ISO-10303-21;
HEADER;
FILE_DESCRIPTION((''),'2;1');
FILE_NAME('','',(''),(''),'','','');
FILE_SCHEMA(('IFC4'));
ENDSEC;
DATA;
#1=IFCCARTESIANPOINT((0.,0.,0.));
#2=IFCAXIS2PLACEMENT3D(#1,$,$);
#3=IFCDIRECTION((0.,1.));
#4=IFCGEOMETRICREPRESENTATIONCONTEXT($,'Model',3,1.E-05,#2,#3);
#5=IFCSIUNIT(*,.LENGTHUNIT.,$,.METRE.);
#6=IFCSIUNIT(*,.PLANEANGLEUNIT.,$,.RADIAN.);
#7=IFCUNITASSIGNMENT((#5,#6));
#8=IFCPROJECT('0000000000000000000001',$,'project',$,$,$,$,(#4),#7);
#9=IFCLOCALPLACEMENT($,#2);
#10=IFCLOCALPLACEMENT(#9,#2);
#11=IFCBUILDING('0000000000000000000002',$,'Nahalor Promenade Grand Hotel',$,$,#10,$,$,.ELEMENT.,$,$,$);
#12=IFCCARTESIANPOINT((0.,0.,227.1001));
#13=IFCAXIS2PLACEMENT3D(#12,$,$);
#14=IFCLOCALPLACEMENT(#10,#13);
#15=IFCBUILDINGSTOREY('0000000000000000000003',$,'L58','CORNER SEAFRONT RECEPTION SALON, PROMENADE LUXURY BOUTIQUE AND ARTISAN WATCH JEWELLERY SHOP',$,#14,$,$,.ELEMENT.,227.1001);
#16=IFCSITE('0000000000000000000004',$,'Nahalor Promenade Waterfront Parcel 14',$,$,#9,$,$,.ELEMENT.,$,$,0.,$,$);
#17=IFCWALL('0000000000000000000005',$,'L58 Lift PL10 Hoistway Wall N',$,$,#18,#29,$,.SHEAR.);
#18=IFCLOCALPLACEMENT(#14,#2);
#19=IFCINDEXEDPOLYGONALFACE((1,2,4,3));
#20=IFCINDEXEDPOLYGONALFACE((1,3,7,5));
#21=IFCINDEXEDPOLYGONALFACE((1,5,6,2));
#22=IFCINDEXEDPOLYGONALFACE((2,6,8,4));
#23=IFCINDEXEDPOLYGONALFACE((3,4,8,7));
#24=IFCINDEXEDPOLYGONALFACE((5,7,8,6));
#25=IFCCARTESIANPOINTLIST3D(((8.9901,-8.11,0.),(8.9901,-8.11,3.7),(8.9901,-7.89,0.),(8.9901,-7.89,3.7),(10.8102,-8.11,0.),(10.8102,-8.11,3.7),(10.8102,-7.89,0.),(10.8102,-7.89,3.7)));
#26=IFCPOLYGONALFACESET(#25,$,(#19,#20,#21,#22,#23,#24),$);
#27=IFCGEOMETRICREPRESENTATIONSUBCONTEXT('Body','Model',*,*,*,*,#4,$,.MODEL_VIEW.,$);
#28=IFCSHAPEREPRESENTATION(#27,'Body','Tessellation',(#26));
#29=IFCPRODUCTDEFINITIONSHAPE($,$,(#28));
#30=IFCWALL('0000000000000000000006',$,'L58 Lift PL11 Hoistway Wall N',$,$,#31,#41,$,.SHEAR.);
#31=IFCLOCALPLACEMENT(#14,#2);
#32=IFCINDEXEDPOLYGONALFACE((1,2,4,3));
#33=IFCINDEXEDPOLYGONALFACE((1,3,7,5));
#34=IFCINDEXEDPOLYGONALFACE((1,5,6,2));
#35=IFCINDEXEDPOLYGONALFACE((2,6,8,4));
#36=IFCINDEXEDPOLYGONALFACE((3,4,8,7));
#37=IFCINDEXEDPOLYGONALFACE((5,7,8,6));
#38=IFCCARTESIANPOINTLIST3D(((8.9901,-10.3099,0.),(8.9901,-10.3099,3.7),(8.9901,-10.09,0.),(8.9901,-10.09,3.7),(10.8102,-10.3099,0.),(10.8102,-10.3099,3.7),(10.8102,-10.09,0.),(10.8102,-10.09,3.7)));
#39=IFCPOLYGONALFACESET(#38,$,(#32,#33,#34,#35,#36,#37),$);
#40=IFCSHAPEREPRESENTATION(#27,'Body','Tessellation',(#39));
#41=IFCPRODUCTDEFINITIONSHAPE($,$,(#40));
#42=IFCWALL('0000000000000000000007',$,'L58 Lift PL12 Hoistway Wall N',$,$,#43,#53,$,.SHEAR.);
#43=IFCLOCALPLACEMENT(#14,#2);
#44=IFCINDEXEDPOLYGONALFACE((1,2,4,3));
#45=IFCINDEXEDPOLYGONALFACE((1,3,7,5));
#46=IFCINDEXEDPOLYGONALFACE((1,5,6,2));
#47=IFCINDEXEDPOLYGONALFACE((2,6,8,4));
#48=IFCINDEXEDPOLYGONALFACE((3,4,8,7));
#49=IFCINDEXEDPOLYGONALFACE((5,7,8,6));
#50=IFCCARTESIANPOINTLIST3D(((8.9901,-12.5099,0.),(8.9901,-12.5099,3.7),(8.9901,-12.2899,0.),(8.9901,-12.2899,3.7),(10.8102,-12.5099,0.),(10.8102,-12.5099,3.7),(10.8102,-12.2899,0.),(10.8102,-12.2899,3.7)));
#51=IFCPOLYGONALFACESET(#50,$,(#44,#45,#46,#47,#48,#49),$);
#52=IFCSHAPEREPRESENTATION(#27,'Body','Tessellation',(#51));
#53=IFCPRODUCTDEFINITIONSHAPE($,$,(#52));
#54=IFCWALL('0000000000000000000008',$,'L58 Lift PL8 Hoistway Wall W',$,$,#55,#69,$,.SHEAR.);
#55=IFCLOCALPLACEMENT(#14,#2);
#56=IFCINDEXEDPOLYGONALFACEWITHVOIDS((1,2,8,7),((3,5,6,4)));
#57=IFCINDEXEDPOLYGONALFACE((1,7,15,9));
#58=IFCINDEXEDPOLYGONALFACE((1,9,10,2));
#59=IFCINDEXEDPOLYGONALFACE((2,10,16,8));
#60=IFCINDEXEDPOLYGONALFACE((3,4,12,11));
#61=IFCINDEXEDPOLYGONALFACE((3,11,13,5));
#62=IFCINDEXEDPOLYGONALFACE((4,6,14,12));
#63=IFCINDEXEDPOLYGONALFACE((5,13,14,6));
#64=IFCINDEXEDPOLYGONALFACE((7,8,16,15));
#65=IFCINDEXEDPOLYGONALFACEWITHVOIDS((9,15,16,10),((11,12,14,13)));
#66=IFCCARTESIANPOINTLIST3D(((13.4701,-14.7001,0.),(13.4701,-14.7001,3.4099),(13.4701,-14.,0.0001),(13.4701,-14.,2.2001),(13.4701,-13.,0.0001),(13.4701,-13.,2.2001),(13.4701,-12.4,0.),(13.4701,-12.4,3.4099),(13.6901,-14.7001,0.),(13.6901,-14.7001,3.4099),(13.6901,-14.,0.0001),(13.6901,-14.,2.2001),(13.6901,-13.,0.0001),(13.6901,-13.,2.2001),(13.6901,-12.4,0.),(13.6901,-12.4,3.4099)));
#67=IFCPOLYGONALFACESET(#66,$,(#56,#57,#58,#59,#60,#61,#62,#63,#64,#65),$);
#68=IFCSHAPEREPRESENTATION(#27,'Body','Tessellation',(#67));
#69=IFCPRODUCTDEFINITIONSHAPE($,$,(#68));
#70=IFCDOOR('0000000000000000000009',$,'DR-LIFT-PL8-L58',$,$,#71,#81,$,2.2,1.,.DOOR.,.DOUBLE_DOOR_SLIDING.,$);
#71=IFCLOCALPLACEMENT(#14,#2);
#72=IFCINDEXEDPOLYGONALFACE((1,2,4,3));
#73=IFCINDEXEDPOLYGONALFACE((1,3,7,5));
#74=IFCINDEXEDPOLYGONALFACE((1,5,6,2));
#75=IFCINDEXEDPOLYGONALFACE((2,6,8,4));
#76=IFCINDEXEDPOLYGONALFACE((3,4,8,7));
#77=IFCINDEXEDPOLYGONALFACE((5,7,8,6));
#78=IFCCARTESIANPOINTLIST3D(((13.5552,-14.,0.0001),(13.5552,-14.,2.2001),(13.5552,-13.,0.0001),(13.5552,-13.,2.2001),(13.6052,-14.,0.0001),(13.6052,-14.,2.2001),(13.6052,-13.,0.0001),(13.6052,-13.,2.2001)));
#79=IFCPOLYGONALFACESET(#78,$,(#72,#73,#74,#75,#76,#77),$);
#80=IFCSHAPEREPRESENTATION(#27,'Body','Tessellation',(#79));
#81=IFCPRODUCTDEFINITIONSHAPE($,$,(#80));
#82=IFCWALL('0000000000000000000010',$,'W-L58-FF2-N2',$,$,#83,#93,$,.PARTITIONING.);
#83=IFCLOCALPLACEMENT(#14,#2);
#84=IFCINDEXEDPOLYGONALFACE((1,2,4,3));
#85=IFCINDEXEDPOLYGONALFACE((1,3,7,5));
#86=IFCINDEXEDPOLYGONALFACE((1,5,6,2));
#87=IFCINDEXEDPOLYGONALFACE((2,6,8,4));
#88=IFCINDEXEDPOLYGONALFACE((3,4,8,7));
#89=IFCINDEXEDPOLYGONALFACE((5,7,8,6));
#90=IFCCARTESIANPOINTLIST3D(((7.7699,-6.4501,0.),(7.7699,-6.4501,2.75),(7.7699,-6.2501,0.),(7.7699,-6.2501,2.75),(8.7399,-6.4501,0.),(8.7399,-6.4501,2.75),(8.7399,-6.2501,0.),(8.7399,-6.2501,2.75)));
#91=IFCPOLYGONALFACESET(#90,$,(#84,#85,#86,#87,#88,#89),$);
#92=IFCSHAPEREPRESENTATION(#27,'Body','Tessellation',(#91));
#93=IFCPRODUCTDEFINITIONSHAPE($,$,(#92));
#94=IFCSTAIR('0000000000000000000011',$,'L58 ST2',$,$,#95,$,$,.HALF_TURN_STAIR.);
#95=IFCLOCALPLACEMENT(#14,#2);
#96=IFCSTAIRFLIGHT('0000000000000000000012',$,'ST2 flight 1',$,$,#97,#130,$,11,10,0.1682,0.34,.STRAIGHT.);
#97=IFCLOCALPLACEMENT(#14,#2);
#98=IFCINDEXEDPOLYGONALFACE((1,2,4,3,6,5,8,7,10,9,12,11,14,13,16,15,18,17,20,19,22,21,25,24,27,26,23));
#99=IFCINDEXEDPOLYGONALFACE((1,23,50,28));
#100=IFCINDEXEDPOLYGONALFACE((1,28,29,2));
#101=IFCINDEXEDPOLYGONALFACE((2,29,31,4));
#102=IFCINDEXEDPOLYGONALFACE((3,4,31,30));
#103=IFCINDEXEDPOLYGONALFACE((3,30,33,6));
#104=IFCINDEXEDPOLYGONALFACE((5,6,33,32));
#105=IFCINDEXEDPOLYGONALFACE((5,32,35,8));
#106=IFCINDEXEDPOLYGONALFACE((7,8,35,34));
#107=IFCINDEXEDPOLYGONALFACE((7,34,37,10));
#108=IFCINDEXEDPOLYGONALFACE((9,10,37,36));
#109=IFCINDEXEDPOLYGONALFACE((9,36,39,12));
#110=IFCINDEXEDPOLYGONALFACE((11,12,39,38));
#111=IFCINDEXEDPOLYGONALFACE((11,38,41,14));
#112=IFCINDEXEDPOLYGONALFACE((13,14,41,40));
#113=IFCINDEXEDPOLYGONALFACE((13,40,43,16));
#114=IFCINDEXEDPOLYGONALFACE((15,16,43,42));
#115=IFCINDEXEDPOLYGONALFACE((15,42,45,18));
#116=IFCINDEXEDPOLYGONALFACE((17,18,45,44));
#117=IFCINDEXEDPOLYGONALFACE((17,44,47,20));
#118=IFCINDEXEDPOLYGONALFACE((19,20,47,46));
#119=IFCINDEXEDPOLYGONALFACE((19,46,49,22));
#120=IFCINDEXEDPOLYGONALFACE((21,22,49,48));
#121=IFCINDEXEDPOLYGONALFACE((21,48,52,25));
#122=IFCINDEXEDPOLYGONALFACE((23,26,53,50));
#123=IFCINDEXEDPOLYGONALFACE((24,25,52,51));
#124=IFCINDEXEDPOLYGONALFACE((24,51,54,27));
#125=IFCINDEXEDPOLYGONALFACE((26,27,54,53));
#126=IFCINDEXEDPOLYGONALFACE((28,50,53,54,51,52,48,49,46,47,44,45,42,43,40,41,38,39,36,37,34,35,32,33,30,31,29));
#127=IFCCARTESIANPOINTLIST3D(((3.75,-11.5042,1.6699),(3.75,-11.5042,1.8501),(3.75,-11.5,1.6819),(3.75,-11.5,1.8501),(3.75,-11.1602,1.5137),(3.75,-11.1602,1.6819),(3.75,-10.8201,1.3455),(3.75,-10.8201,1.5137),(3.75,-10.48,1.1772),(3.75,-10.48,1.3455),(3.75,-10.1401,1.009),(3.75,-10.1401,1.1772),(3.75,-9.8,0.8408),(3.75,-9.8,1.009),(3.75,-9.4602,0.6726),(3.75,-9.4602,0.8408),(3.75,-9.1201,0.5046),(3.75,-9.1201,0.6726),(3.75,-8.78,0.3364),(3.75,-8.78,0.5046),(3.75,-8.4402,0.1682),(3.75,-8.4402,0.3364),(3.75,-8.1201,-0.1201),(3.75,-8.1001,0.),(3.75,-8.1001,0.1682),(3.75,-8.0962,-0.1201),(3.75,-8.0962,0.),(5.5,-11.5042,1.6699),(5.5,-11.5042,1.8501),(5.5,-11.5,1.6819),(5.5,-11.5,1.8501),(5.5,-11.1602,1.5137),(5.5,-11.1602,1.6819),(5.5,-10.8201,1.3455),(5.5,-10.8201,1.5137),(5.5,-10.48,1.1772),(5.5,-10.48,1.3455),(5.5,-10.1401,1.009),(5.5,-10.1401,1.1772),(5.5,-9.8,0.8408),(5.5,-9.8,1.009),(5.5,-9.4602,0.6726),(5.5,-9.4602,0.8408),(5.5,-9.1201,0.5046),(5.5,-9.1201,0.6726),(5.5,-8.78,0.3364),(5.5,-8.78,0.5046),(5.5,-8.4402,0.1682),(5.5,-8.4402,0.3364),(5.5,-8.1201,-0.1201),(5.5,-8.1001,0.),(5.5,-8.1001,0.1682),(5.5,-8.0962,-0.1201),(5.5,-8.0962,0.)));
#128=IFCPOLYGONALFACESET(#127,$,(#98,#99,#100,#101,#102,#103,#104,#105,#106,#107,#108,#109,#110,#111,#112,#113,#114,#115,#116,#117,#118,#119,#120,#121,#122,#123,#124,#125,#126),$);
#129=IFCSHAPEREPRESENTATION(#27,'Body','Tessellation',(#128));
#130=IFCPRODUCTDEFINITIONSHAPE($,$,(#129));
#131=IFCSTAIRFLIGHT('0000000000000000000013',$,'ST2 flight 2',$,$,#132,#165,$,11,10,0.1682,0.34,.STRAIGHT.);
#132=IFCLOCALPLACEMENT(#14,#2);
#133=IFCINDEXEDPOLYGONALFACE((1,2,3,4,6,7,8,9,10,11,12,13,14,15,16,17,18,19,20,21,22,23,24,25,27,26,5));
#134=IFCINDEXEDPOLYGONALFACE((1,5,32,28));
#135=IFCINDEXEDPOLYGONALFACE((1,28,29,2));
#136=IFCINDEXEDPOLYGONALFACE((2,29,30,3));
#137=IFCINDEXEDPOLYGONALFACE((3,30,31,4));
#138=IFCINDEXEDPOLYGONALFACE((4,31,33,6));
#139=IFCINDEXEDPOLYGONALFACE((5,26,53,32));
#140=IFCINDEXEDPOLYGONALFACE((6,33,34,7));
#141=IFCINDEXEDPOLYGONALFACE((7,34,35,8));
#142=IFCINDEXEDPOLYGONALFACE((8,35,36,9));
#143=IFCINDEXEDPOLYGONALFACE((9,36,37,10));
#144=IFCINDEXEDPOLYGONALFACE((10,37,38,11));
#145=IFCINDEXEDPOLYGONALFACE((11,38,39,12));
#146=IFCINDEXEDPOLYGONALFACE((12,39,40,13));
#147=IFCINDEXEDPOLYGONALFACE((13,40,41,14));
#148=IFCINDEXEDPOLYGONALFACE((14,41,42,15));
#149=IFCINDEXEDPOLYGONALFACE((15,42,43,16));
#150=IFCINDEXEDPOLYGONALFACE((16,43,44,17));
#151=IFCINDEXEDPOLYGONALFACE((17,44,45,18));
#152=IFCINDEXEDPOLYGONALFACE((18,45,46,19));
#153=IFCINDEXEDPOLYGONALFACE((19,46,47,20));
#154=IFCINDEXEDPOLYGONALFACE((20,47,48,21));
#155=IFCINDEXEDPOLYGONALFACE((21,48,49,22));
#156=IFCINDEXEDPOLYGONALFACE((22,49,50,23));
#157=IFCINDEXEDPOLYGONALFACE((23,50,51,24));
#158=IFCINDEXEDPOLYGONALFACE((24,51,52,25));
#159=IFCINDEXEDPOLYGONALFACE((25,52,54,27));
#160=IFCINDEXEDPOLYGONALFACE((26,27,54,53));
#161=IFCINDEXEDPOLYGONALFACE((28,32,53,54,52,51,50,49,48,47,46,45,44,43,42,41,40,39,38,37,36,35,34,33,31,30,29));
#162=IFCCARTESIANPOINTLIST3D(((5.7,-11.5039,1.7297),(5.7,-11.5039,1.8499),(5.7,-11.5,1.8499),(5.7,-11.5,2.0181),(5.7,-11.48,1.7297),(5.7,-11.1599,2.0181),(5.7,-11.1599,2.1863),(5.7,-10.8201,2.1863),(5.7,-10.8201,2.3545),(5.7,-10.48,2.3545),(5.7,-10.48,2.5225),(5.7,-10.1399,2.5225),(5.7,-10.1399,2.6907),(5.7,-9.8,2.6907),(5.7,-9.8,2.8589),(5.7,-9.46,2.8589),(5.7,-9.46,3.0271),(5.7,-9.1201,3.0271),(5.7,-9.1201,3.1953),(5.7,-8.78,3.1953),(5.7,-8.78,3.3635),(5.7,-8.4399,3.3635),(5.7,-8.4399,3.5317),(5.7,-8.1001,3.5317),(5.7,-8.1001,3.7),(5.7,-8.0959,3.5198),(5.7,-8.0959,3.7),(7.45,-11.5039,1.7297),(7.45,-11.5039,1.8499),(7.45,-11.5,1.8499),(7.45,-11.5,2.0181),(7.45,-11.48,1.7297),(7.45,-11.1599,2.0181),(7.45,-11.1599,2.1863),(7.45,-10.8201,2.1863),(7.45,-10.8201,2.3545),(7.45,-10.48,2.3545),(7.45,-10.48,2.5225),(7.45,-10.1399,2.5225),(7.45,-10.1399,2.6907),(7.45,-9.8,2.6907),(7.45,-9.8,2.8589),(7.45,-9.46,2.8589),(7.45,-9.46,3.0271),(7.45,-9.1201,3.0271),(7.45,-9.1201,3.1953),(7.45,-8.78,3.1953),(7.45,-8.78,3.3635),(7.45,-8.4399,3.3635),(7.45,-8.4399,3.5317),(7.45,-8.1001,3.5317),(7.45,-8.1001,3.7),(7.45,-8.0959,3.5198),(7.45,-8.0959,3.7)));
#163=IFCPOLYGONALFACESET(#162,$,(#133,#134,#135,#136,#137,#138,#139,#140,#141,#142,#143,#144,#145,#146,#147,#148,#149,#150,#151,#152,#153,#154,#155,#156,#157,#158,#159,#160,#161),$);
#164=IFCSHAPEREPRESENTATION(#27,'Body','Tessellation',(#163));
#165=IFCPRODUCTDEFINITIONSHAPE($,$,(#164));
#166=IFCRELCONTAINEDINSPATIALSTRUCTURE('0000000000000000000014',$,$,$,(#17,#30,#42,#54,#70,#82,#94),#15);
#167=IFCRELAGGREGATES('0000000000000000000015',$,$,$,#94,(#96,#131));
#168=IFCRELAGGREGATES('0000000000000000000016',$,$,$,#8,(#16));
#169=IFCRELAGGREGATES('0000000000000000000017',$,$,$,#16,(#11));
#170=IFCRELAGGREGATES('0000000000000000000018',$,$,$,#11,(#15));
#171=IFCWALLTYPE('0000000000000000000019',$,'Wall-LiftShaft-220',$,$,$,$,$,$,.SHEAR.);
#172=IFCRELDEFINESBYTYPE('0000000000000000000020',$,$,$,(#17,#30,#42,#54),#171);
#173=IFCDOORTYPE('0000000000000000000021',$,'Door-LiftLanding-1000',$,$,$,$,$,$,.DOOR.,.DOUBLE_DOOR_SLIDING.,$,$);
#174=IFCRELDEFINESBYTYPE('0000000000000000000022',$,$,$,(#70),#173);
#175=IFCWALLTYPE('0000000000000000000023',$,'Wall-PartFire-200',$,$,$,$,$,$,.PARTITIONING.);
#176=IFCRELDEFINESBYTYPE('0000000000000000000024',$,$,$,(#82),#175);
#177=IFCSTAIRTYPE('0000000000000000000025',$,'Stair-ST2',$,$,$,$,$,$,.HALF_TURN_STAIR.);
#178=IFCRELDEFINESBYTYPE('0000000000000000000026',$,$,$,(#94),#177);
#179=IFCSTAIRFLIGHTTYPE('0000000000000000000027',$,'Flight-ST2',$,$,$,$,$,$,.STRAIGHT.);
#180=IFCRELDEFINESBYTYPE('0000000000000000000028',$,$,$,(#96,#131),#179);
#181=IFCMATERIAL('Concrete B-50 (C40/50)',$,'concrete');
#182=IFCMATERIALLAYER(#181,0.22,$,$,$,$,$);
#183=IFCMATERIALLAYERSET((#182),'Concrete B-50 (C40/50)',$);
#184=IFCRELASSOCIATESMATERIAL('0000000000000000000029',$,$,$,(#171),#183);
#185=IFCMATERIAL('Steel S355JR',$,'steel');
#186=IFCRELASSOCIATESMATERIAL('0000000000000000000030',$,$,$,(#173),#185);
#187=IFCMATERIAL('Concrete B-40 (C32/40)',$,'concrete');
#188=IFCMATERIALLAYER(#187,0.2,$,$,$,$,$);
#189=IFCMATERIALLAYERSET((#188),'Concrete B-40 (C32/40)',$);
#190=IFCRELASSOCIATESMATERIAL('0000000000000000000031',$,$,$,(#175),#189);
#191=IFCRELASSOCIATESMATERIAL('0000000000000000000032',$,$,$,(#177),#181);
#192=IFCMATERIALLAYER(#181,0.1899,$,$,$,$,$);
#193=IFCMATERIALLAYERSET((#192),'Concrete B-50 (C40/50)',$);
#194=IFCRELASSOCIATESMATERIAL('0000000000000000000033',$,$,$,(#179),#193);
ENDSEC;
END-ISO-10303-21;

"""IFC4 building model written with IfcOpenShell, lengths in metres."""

from ifc_helpers import new_model, si_unit, direction, frame, frame_2d, origin, place, context, subcontext, project, spatial, polyline, rectangle, outline, extrude, source, transform, mapped, material, layer, layer_set, type_object, element, fill, aggregate, save


model = new_model("IFC4")

# Units and contexts
model_context = context("Model", 3, precision=1e-05, world=origin(), true_north=direction((0.0, 1.0)))
body_context = subcontext(model_context, "Body", "Model", "MODEL_VIEW")
ifc_project = project(units=[si_unit("LENGTHUNIT", "METRE"), si_unit("PLANEANGLEUNIT", "RADIAN")], contexts=[model_context])

# Site, building, storey
site_placement = place(None, origin())
site = spatial("IfcSite", under=ifc_project, at=site_placement, Name="Nahalor Promenade Waterfront Parcel 14", CompositionType="ELEMENT", RefElevation=0.0)
building_placement = place(site_placement, origin())
building = spatial("IfcBuilding", under=site, at=building_placement, Name="Nahalor Promenade Grand Hotel", CompositionType="ELEMENT")
storey_placement = place(building_placement, frame((0.0, 0.0, 227.1001)))
storey = spatial("IfcBuildingStorey", under=building, at=storey_placement, Name="L58", Description="CORNER SEAFRONT RECEPTION SALON, PROMENADE LUXURY BOUTIQUE AND ARTISAN WATCH JEWELLERY SHOP", CompositionType="ELEMENT", Elevation=227.1001)

# Shared definitions
ifc_material_1 = material(Name="Steel S355JR", Category="steel")

# Walls
ifc_material_2 = material(Name="Concrete B-50 (C40/50)", Category="concrete")
ifc_layer_1 = layer(ifc_material_2, 0.22)
ifc_layer_set_1 = layer_set([ifc_layer_1], Name="Concrete B-50 (C40/50)")
wall_type_1 = type_object("IfcWallType", Name="Wall-LiftShaft-220", PredefinedType="SHEAR", material=ifc_layer_set_1)
shared_shape_1 = source(origin(), body_context, "Body", "SweptSolid", [
    extrude(rectangle(XDim=1.8201, YDim=0.22, at=frame_2d((0.9102, 0.0))), origin(), (0.0, 0.0, 1.0), 3.7),
])
for number, where, z_axis, x_axis, name in (
    (1, (8.99, -8.0, 0.0), (0.0, 0.0, 1.0), (1.0, 0.0, 0.0), "L58 Lift PL10 Hoistway Wall N"),
    (2, (8.99, -10.2, 0.0), (0.0, 0.0, 1.0), (1.0, 0.0, 0.0), "L58 Lift PL11 Hoistway Wall N"),
    (3, (8.99, -12.3999, 0.0), (0.0, 0.0, 1.0), (1.0, 0.0, 0.0), "L58 Lift PL12 Hoistway Wall N"),
):
    element("IfcWall", number, at=place(storey_placement, frame(where, z_axis=z_axis, x_axis=x_axis)), inside=storey, type_object=wall_type_1, Name=name, PredefinedType="SHEAR", context=body_context, shape_type="MappedRepresentation", body=[
        mapped(shared_shape_1, transform((0.0, 0.0, 0.0), scale=1.0)),
    ])

# Wall, opening, door
shared_shape_2 = source(origin(), body_context, "Body", "SweptSolid", [
    extrude(rectangle(XDim=2.3, YDim=0.22, at=frame_2d((1.1499, 0.0))), origin(), (0.0, 0.0, 1.0), 3.4099),
])
wall_1_placement = place(storey_placement, frame((13.5801, -14.7, 0.0), z_axis=(0.0, 0.0, 1.0), x_axis=(0.0, 1.0, 0.0)))
wall_1 = element("IfcWall", 4, at=wall_1_placement, inside=storey, type_object=wall_type_1, Name="L58 Lift PL8 Hoistway Wall W", PredefinedType="SHEAR", context=body_context, shape_type="MappedRepresentation", body=[
    mapped(shared_shape_2, transform((0.0, 0.0, 0.0), scale=1.0)),
])
opening_1_placement = place(wall_1_placement, frame((0.7, 0.0, 0.0)))
opening_1 = element("IfcOpeningElement", 5, at=opening_1_placement, cuts=wall_1, PredefinedType="OPENING", context=body_context, shape_type="SweptSolid", body=[
    extrude(rectangle(XDim=1.0, YDim=2.2, at=frame_2d((0.5, 1.1001))), frame((0.0, 0.1199, 0.0), z_axis=(0.0, -1.0, 0.0), x_axis=(1.0, 0.0, 0.0)), (0.0, 0.0, 1.0), 0.24),
])
door_type_1 = type_object("IfcDoorType", Name="Door-LiftLanding-1000", OperationType="DOUBLE_DOOR_SLIDING", PredefinedType="DOOR", material=ifc_material_1)
shared_shape_3 = source(origin(), body_context, "Body", "SweptSolid", [
    extrude(rectangle(XDim=1.0, YDim=2.2, at=frame_2d((0.5, 1.1001))), frame((0.0, 0.0249, 0.0), z_axis=(0.0, -1.0, 0.0), x_axis=(1.0, 0.0, 0.0)), (0.0, 0.0, 1.0), 0.05),
])
door_1_placement = place(opening_1_placement, origin())
door_1 = element("IfcDoor", 6, at=door_1_placement, inside=storey, type_object=door_type_1, Name="DR-LIFT-PL8-L58", OperationType="DOUBLE_DOOR_SLIDING", OverallHeight=2.2, OverallWidth=1.0, PredefinedType="DOOR", context=body_context, shape_type="MappedRepresentation", body=[
    mapped(shared_shape_3, transform((0.0, 0.0, 0.0), scale=1.0)),
])
fill(opening_1, door_1)
ifc_material_3 = material(Name="Concrete B-40 (C32/40)", Category="concrete")
ifc_layer_2 = layer(ifc_material_3, 0.2)
ifc_layer_set_2 = layer_set([ifc_layer_2], Name="Concrete B-40 (C32/40)")
wall_type_2 = type_object("IfcWallType", Name="Wall-PartFire-200", PredefinedType="PARTITIONING", material=ifc_layer_set_2)

# Wall
shared_shape_4 = source(origin(), body_context, "Body", "SweptSolid", [
    extrude(rectangle(XDim=0.97, YDim=0.2, at=frame_2d((0.4849, 0.0))), origin(), (0.0, 0.0, 1.0), 2.75),
])
wall_2_placement = place(storey_placement, frame((7.77, -6.3501, 0.0), z_axis=(0.0, 0.0, 1.0), x_axis=(1.0, 0.0, 0.0)))
element("IfcWall", 7, at=wall_2_placement, inside=storey, type_object=wall_type_2, Name="W-L58-FF2-N2", PredefinedType="PARTITIONING", context=body_context, shape_type="MappedRepresentation", body=[
    mapped(shared_shape_4, transform((0.0, 0.0, 0.0), scale=1.0)),
])

# Stair, stair flights
stair_type = type_object("IfcStairType", Name="Stair-ST2", PredefinedType="HALF_TURN_STAIR", material=ifc_material_2)
stair_placement = place(storey_placement, origin())
stair = element("IfcStair", 8, at=stair_placement, inside=storey, type_object=stair_type, Name="L58 ST2", PredefinedType="HALF_TURN_STAIR")
ifc_layer_3 = layer(ifc_material_2, 0.1899)
ifc_layer_set_3 = layer_set([ifc_layer_3], Name="Concrete B-50 (C40/50)")
stair_flight_type = type_object("IfcStairFlightType", Name="Flight-ST2", PredefinedType="STRAIGHT", material=ifc_layer_set_3)
shared_shape_5 = source(origin(), body_context, "Body", "SweptSolid", [
    extrude(outline(polyline([(-0.0039, -0.1201), (-0.0039, 0.0), (0.0, 0.0), (0.0, 0.1682), (0.3401, 0.1682), (0.3401, 0.3364), (0.6799, 0.3364), (0.6799, 0.5046), (1.02, 0.5046), (1.02, 0.6726), (1.3601, 0.6726), (1.3601, 0.8408), (1.7, 0.8408), (1.7, 1.009), (2.04, 1.009), (2.04, 1.1772), (2.3799, 1.1772), (2.3799, 1.3455), (2.72, 1.3455), (2.72, 1.5137), (3.0601, 1.5137), (3.0601, 1.6819), (3.3999, 1.6819), (3.3999, 1.8501), (3.4041, 1.8501), (3.4041, 1.6699), (0.02, -0.1201), (-0.0039, -0.1201)])), frame((0.0, 0.875, 0.0), z_axis=(0.0, -1.0, 0.0), x_axis=(1.0, 0.0, 0.0)), (0.0, 0.0, 1.0), 1.75),
])
stair_flight_1_placement = place(storey_placement, frame((4.625, -8.1001, 0.0), z_axis=(0.0, 0.0, 1.0), x_axis=(0.0, -1.0, 0.0)))
stair_flight_1 = element("IfcStairFlight", 9, at=stair_flight_1_placement, type_object=stair_flight_type, Name="ST2 flight 1", NumberOfRisers=11, NumberOfTreads=10, PredefinedType="STRAIGHT", RiserHeight=0.1682, TreadLength=0.34, context=body_context, shape_type="MappedRepresentation", body=[
    mapped(shared_shape_5, transform((0.0, 0.0, 0.0), scale=1.0)),
])
stair_flight_2_placement = place(storey_placement, frame((6.575, -11.5, 1.8499), z_axis=(0.0, 0.0, 1.0), x_axis=(0.0, 1.0, 0.0)))
stair_flight_2 = element("IfcStairFlight", 10, at=stair_flight_2_placement, type_object=stair_flight_type, Name="ST2 flight 2", NumberOfRisers=11, NumberOfTreads=10, PredefinedType="STRAIGHT", RiserHeight=0.1682, TreadLength=0.34, context=body_context, shape_type="MappedRepresentation", body=[
    mapped(shared_shape_5, transform((0.0, 0.0, 0.0), scale=1.0)),
])
aggregate(stair, [stair_flight_1, stair_flight_2])

save(model, "model.ifc")
